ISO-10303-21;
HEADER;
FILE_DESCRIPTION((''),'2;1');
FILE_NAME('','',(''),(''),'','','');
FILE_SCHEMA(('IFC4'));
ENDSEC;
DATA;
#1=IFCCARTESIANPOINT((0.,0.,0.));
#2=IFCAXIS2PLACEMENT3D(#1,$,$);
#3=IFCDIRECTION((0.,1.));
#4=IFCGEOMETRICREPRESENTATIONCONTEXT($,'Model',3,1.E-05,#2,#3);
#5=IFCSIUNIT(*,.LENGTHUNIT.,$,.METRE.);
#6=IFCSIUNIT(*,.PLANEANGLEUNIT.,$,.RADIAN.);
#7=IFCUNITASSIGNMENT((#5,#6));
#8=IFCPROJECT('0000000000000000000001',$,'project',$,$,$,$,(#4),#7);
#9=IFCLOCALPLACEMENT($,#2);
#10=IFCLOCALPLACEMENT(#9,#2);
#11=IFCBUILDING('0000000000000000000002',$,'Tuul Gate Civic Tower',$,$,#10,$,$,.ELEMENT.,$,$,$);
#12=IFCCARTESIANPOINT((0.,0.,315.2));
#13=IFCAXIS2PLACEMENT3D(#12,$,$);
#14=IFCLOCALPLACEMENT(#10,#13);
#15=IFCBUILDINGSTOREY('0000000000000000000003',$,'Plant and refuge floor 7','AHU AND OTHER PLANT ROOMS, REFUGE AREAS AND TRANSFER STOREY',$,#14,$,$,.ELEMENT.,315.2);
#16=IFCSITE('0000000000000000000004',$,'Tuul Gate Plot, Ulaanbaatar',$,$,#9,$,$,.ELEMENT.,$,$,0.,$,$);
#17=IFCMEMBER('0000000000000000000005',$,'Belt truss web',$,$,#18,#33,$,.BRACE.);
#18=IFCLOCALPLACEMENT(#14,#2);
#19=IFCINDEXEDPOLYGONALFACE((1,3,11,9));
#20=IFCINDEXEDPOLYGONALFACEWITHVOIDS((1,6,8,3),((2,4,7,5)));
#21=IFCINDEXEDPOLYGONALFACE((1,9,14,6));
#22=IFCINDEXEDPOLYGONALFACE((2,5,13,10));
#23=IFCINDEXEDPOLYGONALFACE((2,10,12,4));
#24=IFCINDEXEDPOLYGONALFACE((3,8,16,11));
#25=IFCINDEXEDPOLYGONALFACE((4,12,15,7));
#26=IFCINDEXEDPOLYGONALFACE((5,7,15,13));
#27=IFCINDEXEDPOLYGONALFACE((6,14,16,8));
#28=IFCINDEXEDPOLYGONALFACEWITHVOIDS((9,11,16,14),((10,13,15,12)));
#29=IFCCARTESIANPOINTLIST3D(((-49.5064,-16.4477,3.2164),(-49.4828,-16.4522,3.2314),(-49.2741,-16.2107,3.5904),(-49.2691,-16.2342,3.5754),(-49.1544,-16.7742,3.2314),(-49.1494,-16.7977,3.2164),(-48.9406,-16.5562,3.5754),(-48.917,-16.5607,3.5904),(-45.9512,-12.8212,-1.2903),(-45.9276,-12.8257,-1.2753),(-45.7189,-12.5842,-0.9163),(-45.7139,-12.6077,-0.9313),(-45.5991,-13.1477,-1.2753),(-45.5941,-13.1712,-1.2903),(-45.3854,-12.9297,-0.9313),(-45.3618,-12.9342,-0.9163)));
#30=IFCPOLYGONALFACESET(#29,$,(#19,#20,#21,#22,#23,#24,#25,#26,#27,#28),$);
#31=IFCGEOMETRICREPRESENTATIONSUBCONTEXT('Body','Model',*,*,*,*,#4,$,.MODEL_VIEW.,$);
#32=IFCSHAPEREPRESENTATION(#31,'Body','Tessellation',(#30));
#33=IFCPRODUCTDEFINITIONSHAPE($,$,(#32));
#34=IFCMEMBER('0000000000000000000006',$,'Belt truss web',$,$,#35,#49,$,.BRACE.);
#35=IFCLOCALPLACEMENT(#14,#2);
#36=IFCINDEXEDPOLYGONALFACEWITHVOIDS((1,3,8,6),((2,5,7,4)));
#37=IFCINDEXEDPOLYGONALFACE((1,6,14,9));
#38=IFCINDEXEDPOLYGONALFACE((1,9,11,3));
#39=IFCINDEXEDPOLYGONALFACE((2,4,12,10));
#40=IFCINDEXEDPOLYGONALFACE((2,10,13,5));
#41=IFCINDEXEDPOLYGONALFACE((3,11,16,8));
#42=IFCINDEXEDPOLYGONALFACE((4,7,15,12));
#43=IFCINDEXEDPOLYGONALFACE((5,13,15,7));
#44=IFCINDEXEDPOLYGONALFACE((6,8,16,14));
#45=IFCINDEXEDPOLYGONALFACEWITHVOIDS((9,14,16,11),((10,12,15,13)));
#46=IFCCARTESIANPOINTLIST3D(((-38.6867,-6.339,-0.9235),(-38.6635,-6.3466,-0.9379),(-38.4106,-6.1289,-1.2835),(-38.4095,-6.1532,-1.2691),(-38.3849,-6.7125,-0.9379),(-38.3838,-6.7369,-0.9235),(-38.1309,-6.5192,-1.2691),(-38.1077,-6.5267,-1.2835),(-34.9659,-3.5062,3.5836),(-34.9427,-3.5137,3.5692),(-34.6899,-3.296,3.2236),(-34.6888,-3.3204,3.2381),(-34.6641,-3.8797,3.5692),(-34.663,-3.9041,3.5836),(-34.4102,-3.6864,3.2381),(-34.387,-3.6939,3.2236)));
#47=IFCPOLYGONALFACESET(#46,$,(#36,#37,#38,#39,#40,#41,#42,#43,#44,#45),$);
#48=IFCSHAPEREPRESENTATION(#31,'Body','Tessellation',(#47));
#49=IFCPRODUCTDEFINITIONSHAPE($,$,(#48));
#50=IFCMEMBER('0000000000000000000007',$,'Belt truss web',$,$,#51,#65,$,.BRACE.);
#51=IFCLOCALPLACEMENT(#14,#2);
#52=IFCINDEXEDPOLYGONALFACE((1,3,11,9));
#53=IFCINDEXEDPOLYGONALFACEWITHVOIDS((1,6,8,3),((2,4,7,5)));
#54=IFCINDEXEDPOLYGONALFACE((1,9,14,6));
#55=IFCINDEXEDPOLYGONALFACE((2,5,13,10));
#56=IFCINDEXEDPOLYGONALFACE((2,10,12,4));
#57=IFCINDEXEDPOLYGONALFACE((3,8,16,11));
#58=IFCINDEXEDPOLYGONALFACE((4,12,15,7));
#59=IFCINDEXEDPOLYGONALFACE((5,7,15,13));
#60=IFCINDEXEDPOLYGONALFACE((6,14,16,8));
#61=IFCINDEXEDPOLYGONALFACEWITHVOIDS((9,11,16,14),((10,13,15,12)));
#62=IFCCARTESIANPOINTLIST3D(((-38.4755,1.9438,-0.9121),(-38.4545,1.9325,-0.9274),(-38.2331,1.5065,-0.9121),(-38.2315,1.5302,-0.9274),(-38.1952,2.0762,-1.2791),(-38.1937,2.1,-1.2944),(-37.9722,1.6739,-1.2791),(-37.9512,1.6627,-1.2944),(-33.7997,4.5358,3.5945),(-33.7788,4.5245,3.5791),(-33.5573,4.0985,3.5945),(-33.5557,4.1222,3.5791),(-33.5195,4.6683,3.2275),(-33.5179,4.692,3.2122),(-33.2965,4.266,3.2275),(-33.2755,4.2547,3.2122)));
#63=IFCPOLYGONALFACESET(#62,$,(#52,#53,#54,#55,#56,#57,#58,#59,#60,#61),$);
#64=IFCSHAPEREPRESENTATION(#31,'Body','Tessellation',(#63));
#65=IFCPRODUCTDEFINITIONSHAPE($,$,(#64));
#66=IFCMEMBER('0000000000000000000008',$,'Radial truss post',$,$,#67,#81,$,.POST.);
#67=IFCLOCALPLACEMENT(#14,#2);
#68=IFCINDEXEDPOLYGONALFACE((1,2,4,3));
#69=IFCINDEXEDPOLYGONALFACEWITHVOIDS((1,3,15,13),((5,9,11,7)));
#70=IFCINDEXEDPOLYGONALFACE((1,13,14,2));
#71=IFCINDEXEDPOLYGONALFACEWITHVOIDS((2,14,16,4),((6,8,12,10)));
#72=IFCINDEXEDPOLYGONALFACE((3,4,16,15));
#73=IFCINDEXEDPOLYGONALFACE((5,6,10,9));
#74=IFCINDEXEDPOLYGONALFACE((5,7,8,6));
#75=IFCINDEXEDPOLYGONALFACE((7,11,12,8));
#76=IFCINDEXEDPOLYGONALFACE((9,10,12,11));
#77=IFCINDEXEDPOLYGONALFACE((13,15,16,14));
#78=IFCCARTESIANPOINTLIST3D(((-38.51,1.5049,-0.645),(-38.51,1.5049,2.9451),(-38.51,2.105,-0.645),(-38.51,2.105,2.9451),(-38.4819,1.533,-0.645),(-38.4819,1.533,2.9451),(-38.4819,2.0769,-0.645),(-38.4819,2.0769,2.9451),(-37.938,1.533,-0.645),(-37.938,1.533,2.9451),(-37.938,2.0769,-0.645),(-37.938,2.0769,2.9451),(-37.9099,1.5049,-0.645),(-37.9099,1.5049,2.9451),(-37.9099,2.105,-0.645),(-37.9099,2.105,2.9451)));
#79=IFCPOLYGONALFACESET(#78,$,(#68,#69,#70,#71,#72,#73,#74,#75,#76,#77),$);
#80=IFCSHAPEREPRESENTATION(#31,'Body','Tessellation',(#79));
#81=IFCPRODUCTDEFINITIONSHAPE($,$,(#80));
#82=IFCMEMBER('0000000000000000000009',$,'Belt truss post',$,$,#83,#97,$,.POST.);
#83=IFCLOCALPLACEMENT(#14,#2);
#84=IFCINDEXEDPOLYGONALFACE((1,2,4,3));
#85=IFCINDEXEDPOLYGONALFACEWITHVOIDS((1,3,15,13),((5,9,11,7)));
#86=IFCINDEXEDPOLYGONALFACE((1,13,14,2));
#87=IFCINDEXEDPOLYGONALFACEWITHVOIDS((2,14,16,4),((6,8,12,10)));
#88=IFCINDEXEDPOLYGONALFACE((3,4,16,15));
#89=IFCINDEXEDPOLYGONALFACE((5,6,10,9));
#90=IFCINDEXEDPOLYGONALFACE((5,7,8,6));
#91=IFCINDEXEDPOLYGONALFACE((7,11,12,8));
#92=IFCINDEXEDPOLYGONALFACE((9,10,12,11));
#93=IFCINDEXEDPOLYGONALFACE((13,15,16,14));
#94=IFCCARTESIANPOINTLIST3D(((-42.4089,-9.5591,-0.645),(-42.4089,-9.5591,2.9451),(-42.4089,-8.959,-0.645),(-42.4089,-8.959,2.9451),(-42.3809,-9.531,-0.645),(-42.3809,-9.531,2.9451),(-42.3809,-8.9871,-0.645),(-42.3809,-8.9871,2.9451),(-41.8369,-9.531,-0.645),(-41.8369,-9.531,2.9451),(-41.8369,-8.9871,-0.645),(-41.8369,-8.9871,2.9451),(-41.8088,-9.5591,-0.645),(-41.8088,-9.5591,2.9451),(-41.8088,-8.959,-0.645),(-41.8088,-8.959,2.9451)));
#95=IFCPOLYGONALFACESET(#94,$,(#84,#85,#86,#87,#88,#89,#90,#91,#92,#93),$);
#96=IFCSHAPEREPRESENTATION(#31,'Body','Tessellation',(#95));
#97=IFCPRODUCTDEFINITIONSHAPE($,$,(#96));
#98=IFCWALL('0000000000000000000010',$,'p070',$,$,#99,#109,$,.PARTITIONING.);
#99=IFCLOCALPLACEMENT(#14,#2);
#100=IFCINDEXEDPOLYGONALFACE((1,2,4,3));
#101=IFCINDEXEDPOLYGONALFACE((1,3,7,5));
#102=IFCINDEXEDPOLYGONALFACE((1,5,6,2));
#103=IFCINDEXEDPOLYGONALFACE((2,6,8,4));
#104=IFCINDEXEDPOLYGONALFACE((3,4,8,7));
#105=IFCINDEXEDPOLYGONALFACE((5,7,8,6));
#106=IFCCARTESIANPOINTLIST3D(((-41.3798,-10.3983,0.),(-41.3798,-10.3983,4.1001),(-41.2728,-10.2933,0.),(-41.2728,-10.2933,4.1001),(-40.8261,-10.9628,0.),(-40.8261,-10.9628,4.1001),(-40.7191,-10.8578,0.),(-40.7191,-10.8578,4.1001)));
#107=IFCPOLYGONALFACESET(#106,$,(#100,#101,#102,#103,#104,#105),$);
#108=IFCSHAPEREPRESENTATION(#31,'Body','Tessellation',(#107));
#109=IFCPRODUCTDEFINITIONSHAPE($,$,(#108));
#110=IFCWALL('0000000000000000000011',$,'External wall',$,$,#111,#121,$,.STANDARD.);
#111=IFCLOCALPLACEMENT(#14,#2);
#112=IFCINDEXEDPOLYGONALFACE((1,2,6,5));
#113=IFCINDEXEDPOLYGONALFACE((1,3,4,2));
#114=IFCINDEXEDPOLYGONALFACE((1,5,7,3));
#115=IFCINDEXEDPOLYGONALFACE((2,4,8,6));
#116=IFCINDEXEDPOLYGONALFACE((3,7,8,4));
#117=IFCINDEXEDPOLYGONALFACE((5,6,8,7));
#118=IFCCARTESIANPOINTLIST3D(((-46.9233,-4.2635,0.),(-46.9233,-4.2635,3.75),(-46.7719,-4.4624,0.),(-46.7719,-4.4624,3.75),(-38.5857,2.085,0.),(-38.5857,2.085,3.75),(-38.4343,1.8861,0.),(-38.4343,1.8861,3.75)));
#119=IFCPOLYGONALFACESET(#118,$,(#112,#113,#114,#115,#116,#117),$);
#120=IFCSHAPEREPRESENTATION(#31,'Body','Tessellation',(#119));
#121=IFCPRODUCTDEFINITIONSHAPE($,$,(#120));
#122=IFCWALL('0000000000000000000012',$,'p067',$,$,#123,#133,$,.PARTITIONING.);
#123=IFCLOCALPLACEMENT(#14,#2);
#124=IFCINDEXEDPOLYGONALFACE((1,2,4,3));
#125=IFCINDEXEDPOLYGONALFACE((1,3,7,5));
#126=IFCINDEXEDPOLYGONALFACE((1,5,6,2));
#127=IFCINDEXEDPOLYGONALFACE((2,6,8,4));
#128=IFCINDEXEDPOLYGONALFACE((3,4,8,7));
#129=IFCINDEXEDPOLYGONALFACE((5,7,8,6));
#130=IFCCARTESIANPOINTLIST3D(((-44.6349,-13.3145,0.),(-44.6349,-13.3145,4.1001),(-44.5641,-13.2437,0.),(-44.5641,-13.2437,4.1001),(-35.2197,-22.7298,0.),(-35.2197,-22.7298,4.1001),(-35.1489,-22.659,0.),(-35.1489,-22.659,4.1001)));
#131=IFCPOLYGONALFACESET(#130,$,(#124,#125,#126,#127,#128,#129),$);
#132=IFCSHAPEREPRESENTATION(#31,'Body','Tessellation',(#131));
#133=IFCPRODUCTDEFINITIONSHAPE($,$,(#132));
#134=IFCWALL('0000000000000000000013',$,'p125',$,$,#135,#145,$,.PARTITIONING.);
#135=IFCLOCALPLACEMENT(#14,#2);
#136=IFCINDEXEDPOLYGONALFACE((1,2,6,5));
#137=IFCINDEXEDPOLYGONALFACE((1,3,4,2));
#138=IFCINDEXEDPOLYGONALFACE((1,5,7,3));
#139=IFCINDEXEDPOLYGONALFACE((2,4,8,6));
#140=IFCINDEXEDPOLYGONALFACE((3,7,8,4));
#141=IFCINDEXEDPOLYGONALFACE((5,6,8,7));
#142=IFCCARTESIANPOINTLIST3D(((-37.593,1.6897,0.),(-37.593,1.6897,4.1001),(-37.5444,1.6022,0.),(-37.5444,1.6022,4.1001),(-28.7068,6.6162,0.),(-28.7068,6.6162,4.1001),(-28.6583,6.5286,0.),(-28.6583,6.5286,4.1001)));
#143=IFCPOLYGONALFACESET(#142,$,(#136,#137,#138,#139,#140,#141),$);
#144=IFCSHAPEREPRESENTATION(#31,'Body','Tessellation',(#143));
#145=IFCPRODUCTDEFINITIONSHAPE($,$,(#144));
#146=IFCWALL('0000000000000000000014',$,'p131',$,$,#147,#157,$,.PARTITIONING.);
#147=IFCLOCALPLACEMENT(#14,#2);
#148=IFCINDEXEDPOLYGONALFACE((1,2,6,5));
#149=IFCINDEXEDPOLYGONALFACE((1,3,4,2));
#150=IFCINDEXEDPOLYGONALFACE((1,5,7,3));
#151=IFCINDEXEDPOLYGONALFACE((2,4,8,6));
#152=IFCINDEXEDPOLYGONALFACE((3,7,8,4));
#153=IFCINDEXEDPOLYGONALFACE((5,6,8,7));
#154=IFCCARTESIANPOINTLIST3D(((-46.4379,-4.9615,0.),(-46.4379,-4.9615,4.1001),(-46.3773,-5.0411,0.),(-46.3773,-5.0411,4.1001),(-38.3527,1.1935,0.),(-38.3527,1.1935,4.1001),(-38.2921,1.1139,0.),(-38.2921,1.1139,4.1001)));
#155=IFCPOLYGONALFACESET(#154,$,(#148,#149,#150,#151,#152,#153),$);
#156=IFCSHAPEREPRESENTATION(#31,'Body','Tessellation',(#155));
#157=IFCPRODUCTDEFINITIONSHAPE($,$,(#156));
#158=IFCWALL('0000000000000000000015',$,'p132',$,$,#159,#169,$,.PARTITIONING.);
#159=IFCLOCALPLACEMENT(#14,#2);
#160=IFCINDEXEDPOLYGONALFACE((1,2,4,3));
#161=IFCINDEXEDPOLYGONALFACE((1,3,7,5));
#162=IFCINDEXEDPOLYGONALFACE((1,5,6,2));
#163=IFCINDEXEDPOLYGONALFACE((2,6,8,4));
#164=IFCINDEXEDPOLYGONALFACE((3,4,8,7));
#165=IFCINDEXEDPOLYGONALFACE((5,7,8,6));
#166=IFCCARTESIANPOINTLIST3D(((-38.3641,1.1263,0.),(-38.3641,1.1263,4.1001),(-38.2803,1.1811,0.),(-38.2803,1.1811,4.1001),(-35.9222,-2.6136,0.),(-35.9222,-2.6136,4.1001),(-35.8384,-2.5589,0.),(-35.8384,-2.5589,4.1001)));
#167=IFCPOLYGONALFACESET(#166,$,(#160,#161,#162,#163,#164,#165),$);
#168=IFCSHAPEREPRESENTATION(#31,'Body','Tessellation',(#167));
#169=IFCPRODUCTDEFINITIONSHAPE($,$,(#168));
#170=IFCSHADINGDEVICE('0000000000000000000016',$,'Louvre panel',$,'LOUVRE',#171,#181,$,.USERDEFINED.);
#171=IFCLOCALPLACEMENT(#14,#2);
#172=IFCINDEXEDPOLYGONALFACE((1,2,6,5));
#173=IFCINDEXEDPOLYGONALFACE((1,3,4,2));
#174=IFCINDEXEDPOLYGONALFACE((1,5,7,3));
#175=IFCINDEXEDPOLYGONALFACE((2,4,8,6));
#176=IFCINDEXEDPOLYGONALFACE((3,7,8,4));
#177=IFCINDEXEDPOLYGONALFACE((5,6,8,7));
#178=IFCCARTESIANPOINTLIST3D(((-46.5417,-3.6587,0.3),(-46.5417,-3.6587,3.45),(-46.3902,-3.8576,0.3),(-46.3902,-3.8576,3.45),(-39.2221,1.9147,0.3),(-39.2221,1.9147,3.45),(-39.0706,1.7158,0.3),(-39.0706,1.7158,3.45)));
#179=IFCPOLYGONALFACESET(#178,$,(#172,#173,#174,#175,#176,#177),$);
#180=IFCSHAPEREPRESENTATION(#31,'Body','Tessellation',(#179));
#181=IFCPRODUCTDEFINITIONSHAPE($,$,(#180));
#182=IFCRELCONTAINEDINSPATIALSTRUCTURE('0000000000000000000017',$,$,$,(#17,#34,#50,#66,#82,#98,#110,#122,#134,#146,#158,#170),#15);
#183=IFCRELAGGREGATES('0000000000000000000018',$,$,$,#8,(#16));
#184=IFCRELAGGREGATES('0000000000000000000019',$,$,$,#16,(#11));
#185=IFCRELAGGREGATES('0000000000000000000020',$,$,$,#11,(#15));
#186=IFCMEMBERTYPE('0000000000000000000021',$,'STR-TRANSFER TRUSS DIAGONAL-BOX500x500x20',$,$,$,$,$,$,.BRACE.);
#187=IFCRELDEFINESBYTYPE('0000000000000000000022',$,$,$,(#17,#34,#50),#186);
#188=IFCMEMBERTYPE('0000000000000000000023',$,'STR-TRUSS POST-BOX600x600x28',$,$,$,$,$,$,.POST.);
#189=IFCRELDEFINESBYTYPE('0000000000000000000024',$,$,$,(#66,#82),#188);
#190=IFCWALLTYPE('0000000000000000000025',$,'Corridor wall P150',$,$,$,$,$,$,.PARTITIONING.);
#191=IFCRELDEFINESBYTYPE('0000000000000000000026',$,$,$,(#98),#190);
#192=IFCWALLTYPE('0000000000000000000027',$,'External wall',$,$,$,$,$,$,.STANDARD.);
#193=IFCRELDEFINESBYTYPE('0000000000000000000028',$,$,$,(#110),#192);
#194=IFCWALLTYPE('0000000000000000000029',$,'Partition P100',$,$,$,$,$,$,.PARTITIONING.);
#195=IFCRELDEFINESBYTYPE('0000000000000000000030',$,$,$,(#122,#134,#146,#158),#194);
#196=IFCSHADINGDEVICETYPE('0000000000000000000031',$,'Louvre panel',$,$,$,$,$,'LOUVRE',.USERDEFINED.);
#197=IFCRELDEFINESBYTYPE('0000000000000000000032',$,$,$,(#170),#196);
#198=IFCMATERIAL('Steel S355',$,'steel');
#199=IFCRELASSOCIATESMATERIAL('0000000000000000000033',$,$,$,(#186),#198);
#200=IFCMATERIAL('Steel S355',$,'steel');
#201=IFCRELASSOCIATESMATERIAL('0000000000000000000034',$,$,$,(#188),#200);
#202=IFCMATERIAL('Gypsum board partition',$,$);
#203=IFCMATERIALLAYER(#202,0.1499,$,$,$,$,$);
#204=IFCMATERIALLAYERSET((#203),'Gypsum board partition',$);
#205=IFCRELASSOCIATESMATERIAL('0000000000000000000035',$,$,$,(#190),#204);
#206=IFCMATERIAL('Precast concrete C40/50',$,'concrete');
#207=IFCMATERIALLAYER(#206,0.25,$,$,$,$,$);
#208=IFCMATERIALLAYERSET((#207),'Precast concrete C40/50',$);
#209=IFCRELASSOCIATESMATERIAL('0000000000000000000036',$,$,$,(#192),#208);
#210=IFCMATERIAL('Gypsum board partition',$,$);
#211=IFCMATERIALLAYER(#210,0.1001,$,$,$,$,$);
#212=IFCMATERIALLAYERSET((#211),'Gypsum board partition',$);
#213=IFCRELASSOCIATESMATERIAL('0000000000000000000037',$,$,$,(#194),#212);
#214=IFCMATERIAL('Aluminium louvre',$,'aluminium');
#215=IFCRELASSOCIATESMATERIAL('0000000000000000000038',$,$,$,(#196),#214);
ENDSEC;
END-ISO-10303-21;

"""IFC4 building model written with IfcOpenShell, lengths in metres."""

from ifc_helpers import new_model, si_unit, direction, frame, frame_2d, origin, origin_2d, place, context, subcontext, project, spatial, rectangle, hollow_rectangle, extrude, material, layer, layer_set, material_profile, profile_set, type_object, element, save


model = new_model("IFC4")

# Units and contexts
model_context = context("Model", 3, precision=1e-05, world=origin(), true_north=direction((0.0, 1.0)))
body_context = subcontext(model_context, "Body", "Model", "MODEL_VIEW")
ifc_project = project(units=[si_unit("LENGTHUNIT", "METRE"), si_unit("PLANEANGLEUNIT", "RADIAN")], contexts=[model_context])

# Site, building, storey
site_placement = place(None, origin())
site = spatial("IfcSite", under=ifc_project, at=site_placement, Name="Tuul Gate Plot, Ulaanbaatar", CompositionType="ELEMENT", RefElevation=0.0)
building_placement = place(site_placement, origin())
building = spatial("IfcBuilding", under=site, at=building_placement, Name="Tuul Gate Civic Tower", CompositionType="ELEMENT")
storey_placement = place(building_placement, frame((0.0, 0.0, 315.2)))
storey = spatial("IfcBuildingStorey", under=building, at=storey_placement, Name="Plant and refuge floor 7", Description="AHU AND OTHER PLANT ROOMS, REFUGE AREAS AND TRANSFER STOREY", CompositionType="ELEMENT", Elevation=315.2)

# Members
ifc_material_1 = material(Name="Steel S355", Category="steel")
ifc_material_profile_1 = material_profile(ifc_material_1, hollow_rectangle(XDim=0.5, YDim=0.5, WallThickness=0.02, at=origin_2d()), Name="BOX500x500x20")
ifc_profile_set_1 = profile_set([ifc_material_profile_1], Name="Steel S355")
member_type_1 = type_object("IfcMemberType", Name="STR-TRANSFER TRUSS DIAGONAL-BOX500x500x20", PredefinedType="BRACE", material=ifc_profile_set_1)
member_1_placement = place(storey_placement, frame((-45.6565, -12.8777, -1.1033), z_axis=(-0.523614, -0.534113, 0.66374), x_axis=(0.714091, -0.700053, 0.0)))
element("IfcMember", 1, at=member_1_placement, inside=storey, type_object=member_type_1, Name="Belt truss web", PredefinedType="BRACE", context=body_context, shape_type="SweptSolid", body=[
    extrude(hollow_rectangle(XDim=0.5, YDim=0.5, WallThickness=0.02, at=origin_2d()), origin(), (0.0, 0.0, 1.0), 6.7898),
])
member_2_placement = place(storey_placement, frame((-38.3972, -6.4329, -1.1035), z_axis=(0.572877, 0.436161, 0.693956), x_axis=(-0.605765, 0.795644, 0.0)))
element("IfcMember", 2, at=member_2_placement, inside=storey, type_object=member_type_1, Name="Belt truss web", PredefinedType="BRACE", context=body_context, shape_type="SweptSolid", body=[
    extrude(hollow_rectangle(XDim=0.5, YDim=0.5, WallThickness=0.02, at=origin_2d()), origin(), (0.0, 0.0, 1.0), 6.4949),
])
member_3_placement = place(storey_placement, frame((-38.2134, 1.8032, -1.1033), z_axis=(0.668713, 0.370704, 0.644516), x_axis=(-0.48484, 0.874603, 0.0)))
element("IfcMember", 3, at=member_3_placement, inside=storey, type_object=member_type_1, Name="Belt truss web", PredefinedType="BRACE", context=body_context, shape_type="SweptSolid", body=[
    extrude(hollow_rectangle(XDim=0.5, YDim=0.5, WallThickness=0.02, at=origin_2d()), origin(), (0.0, 0.0, 1.0), 6.9922),
])
ifc_material_2 = material(Name="Steel S355", Category="steel")
ifc_material_profile_2 = material_profile(ifc_material_2, hollow_rectangle(XDim=0.6001, YDim=0.6001, WallThickness=0.0281, at=origin_2d()), Name="BOX600x600x28")
ifc_profile_set_2 = profile_set([ifc_material_profile_2], Name="Steel S355")
member_type_2 = type_object("IfcMemberType", Name="STR-TRUSS POST-BOX600x600x28", PredefinedType="POST", material=ifc_profile_set_2)
for number, where, z_axis, x_axis, name in (
    (4, (-38.21, 1.8049, -0.645), (0.0, 0.0, 1.0), (1.0, 0.0, 0.0), "Radial truss post"),
    (5, (-42.1089, -9.259, -0.645), (0.0, 0.0, 1.0), (1.0, 0.0, 0.0), "Belt truss post"),
):
    element("IfcMember", number, at=place(storey_placement, frame(where, z_axis=z_axis, x_axis=x_axis)), inside=storey, type_object=member_type_2, Name=name, PredefinedType="POST", context=body_context, shape_type="SweptSolid", body=[
        extrude(hollow_rectangle(XDim=0.6001, YDim=0.6001, WallThickness=0.0281, at=origin_2d()), origin(), (0.0, 0.0, 1.0), 3.5901),
    ])

# Walls
ifc_material_3 = material(Name="Gypsum board partition")
ifc_layer_1 = layer(ifc_material_3, 0.1499)
ifc_layer_set_1 = layer_set([ifc_layer_1], Name="Gypsum board partition")
wall_type_1 = type_object("IfcWallType", Name="Corridor wall P150", PredefinedType="PARTITIONING", material=ifc_layer_set_1)
wall_1_placement = place(storey_placement, frame((-41.3264, -10.3457, 0.0), z_axis=(0.0, 0.0, 1.0), x_axis=(0.700281, -0.713867, 0.0)))
element("IfcWall", 6, at=wall_1_placement, inside=storey, type_object=wall_type_1, Name="p070", PredefinedType="PARTITIONING", context=body_context, shape_type="SweptSolid", body=[
    extrude(rectangle(XDim=0.7908, YDim=0.1499, at=frame_2d((0.3955, 0.0))), origin(), (0.0, 0.0, 1.0), 4.1001),
])
ifc_material_4 = material(Name="Precast concrete C40/50", Category="concrete")
ifc_layer_2 = layer(ifc_material_4, 0.25)
ifc_layer_set_2 = layer_set([ifc_layer_2], Name="Precast concrete C40/50")
wall_type_2 = type_object("IfcWallType", Name="External wall", PredefinedType="STANDARD", material=ifc_layer_set_2)
wall_2_placement = place(storey_placement, frame((-38.51, 1.9856, 0.0), z_axis=(0.0, 0.0, 1.0), x_axis=(-0.795609, -0.60581, 0.0)))
element("IfcWall", 7, at=wall_2_placement, inside=storey, type_object=wall_type_2, Name="External wall", PredefinedType="STANDARD", context=body_context, shape_type="SweptSolid", body=[
    extrude(rectangle(XDim=10.4795, YDim=0.25, at=frame_2d((5.2397, 0.0))), origin(), (0.0, 0.0, 1.0), 3.75),
])
ifc_material_5 = material(Name="Gypsum board partition")
ifc_layer_3 = layer(ifc_material_5, 0.1001)
ifc_layer_set_3 = layer_set([ifc_layer_3], Name="Gypsum board partition")
wall_type_3 = type_object("IfcWallType", Name="Partition P100", PredefinedType="PARTITIONING", material=ifc_layer_set_3)
wall_3_placement = place(storey_placement, frame((-44.5996, -13.2791, 0.0), z_axis=(0.0, 0.0, 1.0), x_axis=(0.707107, -0.707107, 0.0)))
element("IfcWall", 8, at=wall_3_placement, inside=storey, type_object=wall_type_3, Name="p067", PredefinedType="PARTITIONING", context=body_context, shape_type="SweptSolid", body=[
    extrude(rectangle(XDim=13.3152, YDim=0.1001, at=frame_2d((6.6577, 0.0))), origin(), (0.0, 0.0, 1.0), 4.1001),
])
wall_4_placement = place(storey_placement, frame((-37.5686, 1.646, 0.0), z_axis=(0.0, 0.0, 1.0), x_axis=(0.874586, 0.48487, 0.0)))
element("IfcWall", 9, at=wall_4_placement, inside=storey, type_object=wall_type_3, Name="p125", PredefinedType="PARTITIONING", context=body_context, shape_type="SweptSolid", body=[
    extrude(rectangle(XDim=10.1604, YDim=0.1001, at=frame_2d((5.0801, 0.0))), origin(), (0.0, 0.0, 1.0), 4.1001),
])
wall_5_placement = place(storey_placement, frame((-46.4075, -5.0012, 0.0), z_axis=(0.0, 0.0, 1.0), x_axis=(0.795675, 0.605724, 0.0)))
element("IfcWall", 10, at=wall_5_placement, inside=storey, type_object=wall_type_3, Name="p131", PredefinedType="PARTITIONING", context=body_context, shape_type="SweptSolid", body=[
    extrude(rectangle(XDim=10.1614, YDim=0.1001, at=frame_2d((5.0806, 0.0))), origin(), (0.0, 0.0, 1.0), 4.1001),
])
wall_6_placement = place(storey_placement, frame((-38.3223, 1.1538, 0.0), z_axis=(0.0, 0.0, 1.0), x_axis=(0.546703, -0.837327, 0.0)))
element("IfcWall", 11, at=wall_6_placement, inside=storey, type_object=wall_type_3, Name="p132", PredefinedType="PARTITIONING", context=body_context, shape_type="SweptSolid", body=[
    extrude(rectangle(XDim=4.4666, YDim=0.1001, at=frame_2d((2.2334, 0.0))), origin(), (0.0, 0.0, 1.0), 4.1001),
])

# Shading device
ifc_material_6 = material(Name="Aluminium louvre", Category="aluminium")
shading_device_type = type_object("IfcShadingDeviceType", Name="Louvre panel", ElementType="LOUVRE", PredefinedType="USERDEFINED", material=ifc_material_6)
shading_device_placement = place(storey_placement, frame((-42.8062, -0.9714, 0.3), z_axis=(0.0, 0.0, 1.0), x_axis=(-0.605808, 0.795611, 0.0)))
element("IfcShadingDevice", 12, at=shading_device_placement, inside=storey, type_object=shading_device_type, Name="Louvre panel", ObjectType="LOUVRE", PredefinedType="USERDEFINED", context=body_context, shape_type="SweptSolid", body=[
    extrude(rectangle(XDim=0.25, YDim=9.2, at=origin_2d()), origin(), (0.0, 0.0, 1.0), 3.1499),
])

save(model, "model.ifc")
